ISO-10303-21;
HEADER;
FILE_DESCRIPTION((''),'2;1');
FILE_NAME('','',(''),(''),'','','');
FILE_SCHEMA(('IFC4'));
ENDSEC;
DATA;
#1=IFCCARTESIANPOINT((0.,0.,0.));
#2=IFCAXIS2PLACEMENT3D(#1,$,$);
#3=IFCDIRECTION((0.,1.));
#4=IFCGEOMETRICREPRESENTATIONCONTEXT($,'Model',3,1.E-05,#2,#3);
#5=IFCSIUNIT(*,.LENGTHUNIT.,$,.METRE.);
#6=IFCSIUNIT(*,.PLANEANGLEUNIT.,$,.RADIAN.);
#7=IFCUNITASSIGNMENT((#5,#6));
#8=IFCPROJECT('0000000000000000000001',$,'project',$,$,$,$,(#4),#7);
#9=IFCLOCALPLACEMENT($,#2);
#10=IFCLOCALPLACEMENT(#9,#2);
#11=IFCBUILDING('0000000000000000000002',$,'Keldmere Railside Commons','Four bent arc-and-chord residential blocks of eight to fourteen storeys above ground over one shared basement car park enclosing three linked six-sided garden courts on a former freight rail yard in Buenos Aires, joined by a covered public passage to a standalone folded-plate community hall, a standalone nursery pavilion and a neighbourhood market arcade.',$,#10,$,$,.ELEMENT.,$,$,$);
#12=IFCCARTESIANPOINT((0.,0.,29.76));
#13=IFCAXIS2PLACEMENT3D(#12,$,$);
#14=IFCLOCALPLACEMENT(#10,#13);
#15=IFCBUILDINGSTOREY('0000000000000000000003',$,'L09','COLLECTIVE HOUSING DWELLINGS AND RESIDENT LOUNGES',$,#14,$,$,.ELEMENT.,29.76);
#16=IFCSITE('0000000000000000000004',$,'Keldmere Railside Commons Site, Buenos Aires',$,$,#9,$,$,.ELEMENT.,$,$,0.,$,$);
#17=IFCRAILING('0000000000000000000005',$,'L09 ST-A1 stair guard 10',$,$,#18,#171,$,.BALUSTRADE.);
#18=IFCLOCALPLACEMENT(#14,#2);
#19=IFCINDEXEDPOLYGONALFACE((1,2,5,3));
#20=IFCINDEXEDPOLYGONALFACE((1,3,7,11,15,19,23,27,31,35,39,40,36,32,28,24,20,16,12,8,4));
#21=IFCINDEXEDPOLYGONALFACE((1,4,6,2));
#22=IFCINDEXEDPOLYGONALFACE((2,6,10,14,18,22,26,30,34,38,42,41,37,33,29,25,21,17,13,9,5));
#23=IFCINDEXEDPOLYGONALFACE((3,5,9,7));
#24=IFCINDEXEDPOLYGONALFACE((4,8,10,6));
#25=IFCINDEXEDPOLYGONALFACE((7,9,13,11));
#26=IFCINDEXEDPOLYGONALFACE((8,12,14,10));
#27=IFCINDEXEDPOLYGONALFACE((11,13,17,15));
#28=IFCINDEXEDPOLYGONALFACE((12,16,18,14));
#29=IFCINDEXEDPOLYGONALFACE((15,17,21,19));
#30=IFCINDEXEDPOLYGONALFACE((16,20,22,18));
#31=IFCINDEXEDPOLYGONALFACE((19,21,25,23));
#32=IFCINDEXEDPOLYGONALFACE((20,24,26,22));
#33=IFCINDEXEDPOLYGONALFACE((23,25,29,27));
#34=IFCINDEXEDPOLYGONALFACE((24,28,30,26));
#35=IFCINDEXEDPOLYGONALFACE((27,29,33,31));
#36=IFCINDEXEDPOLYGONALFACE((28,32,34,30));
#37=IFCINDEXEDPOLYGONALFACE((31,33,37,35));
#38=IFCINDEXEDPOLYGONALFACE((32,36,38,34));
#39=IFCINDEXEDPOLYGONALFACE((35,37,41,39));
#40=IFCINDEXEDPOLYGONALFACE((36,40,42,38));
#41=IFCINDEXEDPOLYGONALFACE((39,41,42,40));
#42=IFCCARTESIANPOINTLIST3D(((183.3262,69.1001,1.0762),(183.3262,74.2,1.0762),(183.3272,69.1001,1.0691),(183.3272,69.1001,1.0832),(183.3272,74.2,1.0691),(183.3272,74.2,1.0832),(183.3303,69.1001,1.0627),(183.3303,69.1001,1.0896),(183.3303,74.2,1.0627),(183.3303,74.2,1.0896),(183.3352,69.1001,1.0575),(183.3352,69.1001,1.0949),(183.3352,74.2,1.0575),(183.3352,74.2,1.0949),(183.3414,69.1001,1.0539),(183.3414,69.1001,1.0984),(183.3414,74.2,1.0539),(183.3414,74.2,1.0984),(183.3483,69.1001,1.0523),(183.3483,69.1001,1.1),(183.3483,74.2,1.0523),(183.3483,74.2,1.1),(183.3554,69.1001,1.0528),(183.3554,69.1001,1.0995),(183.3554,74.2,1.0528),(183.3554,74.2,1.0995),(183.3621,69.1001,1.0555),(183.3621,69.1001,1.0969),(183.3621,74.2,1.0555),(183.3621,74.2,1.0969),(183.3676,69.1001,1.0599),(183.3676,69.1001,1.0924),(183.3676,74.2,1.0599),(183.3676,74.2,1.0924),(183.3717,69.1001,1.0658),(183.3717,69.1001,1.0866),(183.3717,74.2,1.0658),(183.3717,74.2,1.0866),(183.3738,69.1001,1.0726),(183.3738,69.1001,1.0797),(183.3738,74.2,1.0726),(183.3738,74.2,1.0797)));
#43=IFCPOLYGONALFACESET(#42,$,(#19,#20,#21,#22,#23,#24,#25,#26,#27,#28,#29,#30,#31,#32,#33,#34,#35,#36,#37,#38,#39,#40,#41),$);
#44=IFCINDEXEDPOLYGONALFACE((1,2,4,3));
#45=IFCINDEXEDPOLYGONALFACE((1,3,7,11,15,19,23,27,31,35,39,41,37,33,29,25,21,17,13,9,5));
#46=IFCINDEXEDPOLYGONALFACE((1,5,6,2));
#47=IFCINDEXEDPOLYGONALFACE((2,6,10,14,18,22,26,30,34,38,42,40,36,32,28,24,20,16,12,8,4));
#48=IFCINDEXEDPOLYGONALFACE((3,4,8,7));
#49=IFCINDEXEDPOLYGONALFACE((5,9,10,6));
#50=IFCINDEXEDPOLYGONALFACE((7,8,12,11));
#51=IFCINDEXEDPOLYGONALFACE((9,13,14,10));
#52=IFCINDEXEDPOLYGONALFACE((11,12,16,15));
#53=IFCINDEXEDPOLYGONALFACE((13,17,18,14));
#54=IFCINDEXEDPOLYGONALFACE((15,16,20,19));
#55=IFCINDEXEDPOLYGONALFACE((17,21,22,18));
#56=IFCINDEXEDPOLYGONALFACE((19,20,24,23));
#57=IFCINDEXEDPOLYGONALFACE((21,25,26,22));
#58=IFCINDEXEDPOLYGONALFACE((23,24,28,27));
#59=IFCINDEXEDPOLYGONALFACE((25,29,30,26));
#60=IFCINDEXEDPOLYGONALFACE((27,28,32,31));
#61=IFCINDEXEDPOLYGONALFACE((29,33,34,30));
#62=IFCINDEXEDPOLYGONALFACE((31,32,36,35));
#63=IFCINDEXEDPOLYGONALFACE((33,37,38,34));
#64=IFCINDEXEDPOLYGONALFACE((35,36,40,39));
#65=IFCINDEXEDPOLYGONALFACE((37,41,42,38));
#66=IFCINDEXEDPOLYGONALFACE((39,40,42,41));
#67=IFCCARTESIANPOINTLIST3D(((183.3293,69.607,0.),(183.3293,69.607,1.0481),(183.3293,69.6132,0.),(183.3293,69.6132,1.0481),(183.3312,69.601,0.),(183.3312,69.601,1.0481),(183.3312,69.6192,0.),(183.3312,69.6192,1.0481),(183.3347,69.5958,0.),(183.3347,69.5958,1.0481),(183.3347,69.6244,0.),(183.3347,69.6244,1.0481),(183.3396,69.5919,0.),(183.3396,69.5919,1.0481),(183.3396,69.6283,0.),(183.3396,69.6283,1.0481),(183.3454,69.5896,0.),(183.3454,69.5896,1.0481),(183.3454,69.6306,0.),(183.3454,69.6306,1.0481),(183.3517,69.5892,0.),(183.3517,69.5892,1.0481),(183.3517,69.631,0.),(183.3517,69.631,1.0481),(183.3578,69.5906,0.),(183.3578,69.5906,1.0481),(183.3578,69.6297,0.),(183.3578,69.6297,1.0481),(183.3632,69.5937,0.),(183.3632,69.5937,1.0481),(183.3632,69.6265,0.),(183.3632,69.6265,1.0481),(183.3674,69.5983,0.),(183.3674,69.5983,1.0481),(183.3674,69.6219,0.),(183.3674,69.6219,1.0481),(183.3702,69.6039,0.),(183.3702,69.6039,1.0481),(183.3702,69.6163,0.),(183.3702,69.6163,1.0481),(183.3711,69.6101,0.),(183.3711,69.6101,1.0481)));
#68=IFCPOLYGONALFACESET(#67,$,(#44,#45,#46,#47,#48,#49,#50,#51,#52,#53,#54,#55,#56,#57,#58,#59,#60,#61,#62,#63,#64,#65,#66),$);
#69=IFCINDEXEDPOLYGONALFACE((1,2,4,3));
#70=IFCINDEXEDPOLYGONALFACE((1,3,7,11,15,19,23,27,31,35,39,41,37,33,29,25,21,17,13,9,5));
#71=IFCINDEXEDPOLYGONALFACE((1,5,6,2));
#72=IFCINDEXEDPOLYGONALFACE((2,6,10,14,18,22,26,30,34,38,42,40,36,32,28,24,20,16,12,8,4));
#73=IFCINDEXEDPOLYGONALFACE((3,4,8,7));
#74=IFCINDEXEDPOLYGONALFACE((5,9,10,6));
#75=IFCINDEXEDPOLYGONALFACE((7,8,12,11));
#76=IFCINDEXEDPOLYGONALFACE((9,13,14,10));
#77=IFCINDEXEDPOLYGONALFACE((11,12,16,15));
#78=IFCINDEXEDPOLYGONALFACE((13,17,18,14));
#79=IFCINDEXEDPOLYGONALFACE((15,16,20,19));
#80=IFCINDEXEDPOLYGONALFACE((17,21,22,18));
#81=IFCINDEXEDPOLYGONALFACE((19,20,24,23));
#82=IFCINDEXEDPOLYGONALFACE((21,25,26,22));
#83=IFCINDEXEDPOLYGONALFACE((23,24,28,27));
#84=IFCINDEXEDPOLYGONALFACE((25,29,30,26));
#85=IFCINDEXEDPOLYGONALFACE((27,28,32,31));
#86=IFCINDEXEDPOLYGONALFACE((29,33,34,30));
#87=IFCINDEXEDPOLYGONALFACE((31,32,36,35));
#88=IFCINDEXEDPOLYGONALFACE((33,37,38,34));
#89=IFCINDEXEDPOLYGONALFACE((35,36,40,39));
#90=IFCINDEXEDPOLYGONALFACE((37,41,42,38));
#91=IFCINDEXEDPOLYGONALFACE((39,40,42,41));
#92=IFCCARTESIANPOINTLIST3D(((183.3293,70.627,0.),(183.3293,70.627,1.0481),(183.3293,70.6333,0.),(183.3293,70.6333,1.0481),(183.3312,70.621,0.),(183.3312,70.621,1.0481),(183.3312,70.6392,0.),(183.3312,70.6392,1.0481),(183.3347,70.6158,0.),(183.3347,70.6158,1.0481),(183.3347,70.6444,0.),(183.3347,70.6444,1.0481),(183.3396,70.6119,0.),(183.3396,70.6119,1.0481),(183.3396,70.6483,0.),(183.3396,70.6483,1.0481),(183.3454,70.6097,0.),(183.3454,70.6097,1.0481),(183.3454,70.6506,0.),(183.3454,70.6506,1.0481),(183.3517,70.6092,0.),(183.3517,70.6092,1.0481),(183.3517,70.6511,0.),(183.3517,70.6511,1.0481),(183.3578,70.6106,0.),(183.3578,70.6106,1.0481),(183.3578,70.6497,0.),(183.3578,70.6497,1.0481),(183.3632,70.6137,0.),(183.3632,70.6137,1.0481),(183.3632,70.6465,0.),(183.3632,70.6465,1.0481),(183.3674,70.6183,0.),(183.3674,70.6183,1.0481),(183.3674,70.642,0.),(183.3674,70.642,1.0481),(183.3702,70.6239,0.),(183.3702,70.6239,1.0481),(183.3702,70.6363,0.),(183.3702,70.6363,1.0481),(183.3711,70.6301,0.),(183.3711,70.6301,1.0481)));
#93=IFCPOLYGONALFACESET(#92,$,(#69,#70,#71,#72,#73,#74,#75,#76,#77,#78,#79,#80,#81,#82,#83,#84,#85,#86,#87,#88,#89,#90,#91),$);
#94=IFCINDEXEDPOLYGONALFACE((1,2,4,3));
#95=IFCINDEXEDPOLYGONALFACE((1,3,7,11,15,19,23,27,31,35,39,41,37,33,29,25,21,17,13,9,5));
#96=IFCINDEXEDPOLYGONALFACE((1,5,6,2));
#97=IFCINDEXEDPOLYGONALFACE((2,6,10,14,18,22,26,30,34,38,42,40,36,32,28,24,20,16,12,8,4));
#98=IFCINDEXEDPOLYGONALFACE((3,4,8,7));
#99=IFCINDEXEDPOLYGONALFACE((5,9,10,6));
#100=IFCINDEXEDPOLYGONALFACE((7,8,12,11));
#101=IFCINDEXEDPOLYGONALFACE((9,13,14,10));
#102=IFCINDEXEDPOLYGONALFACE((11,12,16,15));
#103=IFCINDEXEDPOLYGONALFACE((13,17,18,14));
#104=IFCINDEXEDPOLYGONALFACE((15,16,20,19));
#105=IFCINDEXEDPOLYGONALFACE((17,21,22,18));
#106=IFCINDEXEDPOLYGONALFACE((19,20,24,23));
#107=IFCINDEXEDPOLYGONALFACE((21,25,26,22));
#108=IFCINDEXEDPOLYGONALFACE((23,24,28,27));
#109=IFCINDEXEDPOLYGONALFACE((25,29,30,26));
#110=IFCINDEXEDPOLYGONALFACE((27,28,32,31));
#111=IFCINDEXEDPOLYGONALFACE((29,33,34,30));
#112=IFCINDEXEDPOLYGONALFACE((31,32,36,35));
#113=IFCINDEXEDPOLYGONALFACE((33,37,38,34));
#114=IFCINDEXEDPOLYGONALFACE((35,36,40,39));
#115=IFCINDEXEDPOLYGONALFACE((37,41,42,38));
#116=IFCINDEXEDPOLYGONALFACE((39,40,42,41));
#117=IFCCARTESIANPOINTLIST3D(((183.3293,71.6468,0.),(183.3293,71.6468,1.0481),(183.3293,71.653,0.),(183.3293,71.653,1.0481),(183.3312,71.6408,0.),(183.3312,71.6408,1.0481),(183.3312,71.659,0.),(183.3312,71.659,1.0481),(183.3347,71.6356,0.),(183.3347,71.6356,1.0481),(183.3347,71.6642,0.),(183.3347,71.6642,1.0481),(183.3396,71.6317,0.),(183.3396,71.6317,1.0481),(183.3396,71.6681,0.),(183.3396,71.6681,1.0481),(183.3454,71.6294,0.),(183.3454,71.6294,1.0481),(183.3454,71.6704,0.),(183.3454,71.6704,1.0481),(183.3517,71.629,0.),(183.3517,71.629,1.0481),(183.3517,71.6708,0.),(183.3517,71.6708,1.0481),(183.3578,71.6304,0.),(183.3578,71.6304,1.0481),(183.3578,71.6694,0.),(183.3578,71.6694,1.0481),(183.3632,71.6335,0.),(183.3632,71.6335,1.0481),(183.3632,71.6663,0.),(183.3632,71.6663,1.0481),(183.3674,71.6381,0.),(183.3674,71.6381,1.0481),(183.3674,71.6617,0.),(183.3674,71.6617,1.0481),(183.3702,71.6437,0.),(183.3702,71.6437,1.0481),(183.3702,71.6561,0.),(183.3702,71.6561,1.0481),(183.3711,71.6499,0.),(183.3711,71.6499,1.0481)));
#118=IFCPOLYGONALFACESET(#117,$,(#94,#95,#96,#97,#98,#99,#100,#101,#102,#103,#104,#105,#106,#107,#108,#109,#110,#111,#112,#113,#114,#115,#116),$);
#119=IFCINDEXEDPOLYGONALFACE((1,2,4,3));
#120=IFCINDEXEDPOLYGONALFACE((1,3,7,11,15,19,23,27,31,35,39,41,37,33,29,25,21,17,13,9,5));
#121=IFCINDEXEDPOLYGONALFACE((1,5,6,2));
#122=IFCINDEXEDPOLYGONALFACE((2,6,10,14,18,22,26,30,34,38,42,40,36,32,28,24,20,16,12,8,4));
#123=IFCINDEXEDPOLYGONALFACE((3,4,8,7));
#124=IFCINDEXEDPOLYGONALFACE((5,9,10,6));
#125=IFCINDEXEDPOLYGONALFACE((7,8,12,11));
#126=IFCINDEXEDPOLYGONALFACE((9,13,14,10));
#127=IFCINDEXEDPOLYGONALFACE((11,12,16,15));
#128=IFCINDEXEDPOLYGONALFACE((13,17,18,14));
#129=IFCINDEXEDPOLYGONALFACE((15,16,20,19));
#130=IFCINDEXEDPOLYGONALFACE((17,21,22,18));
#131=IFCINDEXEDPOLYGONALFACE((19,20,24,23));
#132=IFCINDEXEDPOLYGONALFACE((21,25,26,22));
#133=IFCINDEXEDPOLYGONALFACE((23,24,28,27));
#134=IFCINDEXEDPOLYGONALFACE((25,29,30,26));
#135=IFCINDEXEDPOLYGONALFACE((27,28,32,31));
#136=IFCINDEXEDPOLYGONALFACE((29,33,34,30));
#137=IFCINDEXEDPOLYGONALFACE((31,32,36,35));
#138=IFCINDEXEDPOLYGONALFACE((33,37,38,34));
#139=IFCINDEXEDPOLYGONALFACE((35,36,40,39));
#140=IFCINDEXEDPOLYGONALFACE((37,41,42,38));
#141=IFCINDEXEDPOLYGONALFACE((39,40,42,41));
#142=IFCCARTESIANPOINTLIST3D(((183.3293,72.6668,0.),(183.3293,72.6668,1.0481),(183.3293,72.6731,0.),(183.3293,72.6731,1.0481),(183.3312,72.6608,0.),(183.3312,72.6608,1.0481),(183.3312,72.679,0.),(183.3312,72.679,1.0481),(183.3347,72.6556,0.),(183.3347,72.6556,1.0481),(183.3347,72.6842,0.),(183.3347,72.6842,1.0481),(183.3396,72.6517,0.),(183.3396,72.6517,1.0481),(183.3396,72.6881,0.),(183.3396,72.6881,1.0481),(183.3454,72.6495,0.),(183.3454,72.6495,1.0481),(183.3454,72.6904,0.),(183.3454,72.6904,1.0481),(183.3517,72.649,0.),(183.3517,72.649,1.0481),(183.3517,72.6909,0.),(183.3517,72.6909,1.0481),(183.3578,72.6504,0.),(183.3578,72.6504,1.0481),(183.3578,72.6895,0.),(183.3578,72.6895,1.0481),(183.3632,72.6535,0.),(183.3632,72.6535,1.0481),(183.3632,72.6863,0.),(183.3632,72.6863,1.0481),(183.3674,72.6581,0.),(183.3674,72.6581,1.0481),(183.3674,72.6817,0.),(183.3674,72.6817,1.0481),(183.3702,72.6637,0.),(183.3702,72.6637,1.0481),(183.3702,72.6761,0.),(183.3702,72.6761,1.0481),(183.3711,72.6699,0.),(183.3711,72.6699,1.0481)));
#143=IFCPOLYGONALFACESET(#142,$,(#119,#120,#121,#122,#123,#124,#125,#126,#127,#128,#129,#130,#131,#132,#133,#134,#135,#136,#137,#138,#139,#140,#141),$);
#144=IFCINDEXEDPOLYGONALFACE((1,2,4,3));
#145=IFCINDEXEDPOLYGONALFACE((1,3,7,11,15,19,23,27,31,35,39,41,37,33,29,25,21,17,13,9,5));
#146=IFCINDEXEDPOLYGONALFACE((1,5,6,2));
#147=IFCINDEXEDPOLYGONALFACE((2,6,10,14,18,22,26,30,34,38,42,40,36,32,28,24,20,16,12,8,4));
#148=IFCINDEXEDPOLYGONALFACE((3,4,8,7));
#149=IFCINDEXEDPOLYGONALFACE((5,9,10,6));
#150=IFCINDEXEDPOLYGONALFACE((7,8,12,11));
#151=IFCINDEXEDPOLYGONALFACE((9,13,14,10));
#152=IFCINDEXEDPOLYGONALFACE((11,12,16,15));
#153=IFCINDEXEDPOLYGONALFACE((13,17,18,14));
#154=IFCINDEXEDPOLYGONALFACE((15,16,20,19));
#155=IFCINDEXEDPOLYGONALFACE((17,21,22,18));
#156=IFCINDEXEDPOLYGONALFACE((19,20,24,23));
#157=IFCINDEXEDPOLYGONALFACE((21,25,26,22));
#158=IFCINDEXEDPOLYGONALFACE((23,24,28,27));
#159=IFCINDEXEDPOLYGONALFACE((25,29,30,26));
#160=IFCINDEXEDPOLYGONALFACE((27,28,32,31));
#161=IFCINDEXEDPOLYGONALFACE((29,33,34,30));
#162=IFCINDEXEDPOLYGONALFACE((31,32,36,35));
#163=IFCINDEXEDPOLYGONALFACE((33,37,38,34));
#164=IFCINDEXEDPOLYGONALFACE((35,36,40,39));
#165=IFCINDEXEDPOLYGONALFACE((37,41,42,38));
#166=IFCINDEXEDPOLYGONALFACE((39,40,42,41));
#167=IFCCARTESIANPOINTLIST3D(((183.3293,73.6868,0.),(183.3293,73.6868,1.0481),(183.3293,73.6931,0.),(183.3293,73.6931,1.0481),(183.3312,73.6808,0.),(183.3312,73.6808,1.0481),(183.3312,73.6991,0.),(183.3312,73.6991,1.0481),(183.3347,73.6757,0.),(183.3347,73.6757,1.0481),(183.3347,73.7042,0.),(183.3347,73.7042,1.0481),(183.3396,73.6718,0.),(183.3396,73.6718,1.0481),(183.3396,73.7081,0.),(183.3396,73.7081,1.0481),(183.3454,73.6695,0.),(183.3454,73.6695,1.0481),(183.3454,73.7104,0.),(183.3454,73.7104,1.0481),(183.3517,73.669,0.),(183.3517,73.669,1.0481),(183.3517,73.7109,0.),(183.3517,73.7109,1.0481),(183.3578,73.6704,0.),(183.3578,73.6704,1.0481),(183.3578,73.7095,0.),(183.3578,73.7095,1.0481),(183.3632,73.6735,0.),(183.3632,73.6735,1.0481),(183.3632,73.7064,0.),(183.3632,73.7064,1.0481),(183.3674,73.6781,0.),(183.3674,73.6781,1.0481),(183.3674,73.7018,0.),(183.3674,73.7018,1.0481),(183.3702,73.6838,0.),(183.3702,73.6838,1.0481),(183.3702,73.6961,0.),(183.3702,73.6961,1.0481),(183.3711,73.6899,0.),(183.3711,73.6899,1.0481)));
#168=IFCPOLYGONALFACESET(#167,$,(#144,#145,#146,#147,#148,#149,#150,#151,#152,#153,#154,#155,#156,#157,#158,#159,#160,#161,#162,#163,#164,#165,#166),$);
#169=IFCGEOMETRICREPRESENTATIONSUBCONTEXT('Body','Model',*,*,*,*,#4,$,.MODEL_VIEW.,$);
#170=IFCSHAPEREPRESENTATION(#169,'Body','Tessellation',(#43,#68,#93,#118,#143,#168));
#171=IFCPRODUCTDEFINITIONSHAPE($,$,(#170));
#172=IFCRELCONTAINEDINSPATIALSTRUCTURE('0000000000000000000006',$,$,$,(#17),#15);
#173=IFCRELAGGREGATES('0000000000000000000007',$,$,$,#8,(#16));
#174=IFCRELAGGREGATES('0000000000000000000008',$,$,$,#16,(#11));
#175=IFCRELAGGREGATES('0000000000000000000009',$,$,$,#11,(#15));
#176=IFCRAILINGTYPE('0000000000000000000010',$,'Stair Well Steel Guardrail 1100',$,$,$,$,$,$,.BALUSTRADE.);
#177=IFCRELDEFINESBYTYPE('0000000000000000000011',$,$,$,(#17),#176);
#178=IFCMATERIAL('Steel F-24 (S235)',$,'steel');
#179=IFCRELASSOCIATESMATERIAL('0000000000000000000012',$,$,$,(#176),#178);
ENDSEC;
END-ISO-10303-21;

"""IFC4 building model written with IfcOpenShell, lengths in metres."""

from ifc_helpers import new_model, si_unit, direction, frame, origin, origin_2d, place, context, subcontext, project, spatial, circle, extrude, material, type_object, element, save


model = new_model("IFC4")

# Units and contexts
model_context = context("Model", 3, precision=1e-05, world=origin(), true_north=direction((0.0, 1.0)))
body_context = subcontext(model_context, "Body", "Model", "MODEL_VIEW")
ifc_project = project(units=[si_unit("LENGTHUNIT", "METRE"), si_unit("PLANEANGLEUNIT", "RADIAN")], contexts=[model_context])

# Site, building, storey
site_placement = place(None, origin())
site = spatial("IfcSite", under=ifc_project, at=site_placement, Name="Keldmere Railside Commons Site, Buenos Aires", CompositionType="ELEMENT", RefElevation=0.0)
building_placement = place(site_placement, origin())
building = spatial("IfcBuilding", under=site, at=building_placement, Name="Keldmere Railside Commons", Description="Four bent arc-and-chord residential blocks of eight to fourteen storeys above ground over one shared basement car park enclosing three linked six-sided garden courts on a former freight rail yard in Buenos Aires, joined by a covered public passage to a standalone folded-plate community hall, a standalone nursery pavilion and a neighbourhood market arcade.", CompositionType="ELEMENT")
storey_placement = place(building_placement, frame((0.0, 0.0, 29.76)))
storey = spatial("IfcBuildingStorey", under=building, at=storey_placement, Name="L09", Description="COLLECTIVE HOUSING DWELLINGS AND RESIDENT LOUNGES", CompositionType="ELEMENT", Elevation=29.76)

# Shared definitions
ifc_material_1 = material(Name="Steel F-24 (S235)", Category="steel")

# Railing
railing_type_1 = type_object("IfcRailingType", Name="Stair Well Steel Guardrail 1100", PredefinedType="BALUSTRADE", material=ifc_material_1)
for number, where, name in (
    (1, (183.3501, 69.1001, 0.0), "L09 ST-A1 stair guard 10"),
):
    element("IfcRailing", number, at=place(storey_placement, frame(where)), inside=storey, type_object=railing_type_1, Name=name, PredefinedType="BALUSTRADE", context=body_context, shape_type="SweptSolid", body=[
        extrude(circle(Radius=0.0239, at=origin_2d()), frame((0.0, 0.0, 1.0762), z_axis=(0.0, 1.0, 0.0), x_axis=(-1.0, 0.0, 0.0)), (0.0, 0.0, 1.0), 5.0999),
        extrude(circle(Radius=0.021, at=origin_2d()), frame((0.0, 0.51, 0.0)), (0.0, 0.0, 1.0), 1.0481),
        extrude(circle(Radius=0.021, at=origin_2d()), frame((0.0, 1.53, 0.0)), (0.0, 0.0, 1.0), 1.0481),
        extrude(circle(Radius=0.021, at=origin_2d()), frame((0.0, 2.5498, 0.0)), (0.0, 0.0, 1.0), 1.0481),
        extrude(circle(Radius=0.021, at=origin_2d()), frame((0.0, 3.5698, 0.0)), (0.0, 0.0, 1.0), 1.0481),
        extrude(circle(Radius=0.021, at=origin_2d()), frame((0.0, 4.5898, 0.0)), (0.0, 0.0, 1.0), 1.0481),
    ])

save(model, "model.ifc")
